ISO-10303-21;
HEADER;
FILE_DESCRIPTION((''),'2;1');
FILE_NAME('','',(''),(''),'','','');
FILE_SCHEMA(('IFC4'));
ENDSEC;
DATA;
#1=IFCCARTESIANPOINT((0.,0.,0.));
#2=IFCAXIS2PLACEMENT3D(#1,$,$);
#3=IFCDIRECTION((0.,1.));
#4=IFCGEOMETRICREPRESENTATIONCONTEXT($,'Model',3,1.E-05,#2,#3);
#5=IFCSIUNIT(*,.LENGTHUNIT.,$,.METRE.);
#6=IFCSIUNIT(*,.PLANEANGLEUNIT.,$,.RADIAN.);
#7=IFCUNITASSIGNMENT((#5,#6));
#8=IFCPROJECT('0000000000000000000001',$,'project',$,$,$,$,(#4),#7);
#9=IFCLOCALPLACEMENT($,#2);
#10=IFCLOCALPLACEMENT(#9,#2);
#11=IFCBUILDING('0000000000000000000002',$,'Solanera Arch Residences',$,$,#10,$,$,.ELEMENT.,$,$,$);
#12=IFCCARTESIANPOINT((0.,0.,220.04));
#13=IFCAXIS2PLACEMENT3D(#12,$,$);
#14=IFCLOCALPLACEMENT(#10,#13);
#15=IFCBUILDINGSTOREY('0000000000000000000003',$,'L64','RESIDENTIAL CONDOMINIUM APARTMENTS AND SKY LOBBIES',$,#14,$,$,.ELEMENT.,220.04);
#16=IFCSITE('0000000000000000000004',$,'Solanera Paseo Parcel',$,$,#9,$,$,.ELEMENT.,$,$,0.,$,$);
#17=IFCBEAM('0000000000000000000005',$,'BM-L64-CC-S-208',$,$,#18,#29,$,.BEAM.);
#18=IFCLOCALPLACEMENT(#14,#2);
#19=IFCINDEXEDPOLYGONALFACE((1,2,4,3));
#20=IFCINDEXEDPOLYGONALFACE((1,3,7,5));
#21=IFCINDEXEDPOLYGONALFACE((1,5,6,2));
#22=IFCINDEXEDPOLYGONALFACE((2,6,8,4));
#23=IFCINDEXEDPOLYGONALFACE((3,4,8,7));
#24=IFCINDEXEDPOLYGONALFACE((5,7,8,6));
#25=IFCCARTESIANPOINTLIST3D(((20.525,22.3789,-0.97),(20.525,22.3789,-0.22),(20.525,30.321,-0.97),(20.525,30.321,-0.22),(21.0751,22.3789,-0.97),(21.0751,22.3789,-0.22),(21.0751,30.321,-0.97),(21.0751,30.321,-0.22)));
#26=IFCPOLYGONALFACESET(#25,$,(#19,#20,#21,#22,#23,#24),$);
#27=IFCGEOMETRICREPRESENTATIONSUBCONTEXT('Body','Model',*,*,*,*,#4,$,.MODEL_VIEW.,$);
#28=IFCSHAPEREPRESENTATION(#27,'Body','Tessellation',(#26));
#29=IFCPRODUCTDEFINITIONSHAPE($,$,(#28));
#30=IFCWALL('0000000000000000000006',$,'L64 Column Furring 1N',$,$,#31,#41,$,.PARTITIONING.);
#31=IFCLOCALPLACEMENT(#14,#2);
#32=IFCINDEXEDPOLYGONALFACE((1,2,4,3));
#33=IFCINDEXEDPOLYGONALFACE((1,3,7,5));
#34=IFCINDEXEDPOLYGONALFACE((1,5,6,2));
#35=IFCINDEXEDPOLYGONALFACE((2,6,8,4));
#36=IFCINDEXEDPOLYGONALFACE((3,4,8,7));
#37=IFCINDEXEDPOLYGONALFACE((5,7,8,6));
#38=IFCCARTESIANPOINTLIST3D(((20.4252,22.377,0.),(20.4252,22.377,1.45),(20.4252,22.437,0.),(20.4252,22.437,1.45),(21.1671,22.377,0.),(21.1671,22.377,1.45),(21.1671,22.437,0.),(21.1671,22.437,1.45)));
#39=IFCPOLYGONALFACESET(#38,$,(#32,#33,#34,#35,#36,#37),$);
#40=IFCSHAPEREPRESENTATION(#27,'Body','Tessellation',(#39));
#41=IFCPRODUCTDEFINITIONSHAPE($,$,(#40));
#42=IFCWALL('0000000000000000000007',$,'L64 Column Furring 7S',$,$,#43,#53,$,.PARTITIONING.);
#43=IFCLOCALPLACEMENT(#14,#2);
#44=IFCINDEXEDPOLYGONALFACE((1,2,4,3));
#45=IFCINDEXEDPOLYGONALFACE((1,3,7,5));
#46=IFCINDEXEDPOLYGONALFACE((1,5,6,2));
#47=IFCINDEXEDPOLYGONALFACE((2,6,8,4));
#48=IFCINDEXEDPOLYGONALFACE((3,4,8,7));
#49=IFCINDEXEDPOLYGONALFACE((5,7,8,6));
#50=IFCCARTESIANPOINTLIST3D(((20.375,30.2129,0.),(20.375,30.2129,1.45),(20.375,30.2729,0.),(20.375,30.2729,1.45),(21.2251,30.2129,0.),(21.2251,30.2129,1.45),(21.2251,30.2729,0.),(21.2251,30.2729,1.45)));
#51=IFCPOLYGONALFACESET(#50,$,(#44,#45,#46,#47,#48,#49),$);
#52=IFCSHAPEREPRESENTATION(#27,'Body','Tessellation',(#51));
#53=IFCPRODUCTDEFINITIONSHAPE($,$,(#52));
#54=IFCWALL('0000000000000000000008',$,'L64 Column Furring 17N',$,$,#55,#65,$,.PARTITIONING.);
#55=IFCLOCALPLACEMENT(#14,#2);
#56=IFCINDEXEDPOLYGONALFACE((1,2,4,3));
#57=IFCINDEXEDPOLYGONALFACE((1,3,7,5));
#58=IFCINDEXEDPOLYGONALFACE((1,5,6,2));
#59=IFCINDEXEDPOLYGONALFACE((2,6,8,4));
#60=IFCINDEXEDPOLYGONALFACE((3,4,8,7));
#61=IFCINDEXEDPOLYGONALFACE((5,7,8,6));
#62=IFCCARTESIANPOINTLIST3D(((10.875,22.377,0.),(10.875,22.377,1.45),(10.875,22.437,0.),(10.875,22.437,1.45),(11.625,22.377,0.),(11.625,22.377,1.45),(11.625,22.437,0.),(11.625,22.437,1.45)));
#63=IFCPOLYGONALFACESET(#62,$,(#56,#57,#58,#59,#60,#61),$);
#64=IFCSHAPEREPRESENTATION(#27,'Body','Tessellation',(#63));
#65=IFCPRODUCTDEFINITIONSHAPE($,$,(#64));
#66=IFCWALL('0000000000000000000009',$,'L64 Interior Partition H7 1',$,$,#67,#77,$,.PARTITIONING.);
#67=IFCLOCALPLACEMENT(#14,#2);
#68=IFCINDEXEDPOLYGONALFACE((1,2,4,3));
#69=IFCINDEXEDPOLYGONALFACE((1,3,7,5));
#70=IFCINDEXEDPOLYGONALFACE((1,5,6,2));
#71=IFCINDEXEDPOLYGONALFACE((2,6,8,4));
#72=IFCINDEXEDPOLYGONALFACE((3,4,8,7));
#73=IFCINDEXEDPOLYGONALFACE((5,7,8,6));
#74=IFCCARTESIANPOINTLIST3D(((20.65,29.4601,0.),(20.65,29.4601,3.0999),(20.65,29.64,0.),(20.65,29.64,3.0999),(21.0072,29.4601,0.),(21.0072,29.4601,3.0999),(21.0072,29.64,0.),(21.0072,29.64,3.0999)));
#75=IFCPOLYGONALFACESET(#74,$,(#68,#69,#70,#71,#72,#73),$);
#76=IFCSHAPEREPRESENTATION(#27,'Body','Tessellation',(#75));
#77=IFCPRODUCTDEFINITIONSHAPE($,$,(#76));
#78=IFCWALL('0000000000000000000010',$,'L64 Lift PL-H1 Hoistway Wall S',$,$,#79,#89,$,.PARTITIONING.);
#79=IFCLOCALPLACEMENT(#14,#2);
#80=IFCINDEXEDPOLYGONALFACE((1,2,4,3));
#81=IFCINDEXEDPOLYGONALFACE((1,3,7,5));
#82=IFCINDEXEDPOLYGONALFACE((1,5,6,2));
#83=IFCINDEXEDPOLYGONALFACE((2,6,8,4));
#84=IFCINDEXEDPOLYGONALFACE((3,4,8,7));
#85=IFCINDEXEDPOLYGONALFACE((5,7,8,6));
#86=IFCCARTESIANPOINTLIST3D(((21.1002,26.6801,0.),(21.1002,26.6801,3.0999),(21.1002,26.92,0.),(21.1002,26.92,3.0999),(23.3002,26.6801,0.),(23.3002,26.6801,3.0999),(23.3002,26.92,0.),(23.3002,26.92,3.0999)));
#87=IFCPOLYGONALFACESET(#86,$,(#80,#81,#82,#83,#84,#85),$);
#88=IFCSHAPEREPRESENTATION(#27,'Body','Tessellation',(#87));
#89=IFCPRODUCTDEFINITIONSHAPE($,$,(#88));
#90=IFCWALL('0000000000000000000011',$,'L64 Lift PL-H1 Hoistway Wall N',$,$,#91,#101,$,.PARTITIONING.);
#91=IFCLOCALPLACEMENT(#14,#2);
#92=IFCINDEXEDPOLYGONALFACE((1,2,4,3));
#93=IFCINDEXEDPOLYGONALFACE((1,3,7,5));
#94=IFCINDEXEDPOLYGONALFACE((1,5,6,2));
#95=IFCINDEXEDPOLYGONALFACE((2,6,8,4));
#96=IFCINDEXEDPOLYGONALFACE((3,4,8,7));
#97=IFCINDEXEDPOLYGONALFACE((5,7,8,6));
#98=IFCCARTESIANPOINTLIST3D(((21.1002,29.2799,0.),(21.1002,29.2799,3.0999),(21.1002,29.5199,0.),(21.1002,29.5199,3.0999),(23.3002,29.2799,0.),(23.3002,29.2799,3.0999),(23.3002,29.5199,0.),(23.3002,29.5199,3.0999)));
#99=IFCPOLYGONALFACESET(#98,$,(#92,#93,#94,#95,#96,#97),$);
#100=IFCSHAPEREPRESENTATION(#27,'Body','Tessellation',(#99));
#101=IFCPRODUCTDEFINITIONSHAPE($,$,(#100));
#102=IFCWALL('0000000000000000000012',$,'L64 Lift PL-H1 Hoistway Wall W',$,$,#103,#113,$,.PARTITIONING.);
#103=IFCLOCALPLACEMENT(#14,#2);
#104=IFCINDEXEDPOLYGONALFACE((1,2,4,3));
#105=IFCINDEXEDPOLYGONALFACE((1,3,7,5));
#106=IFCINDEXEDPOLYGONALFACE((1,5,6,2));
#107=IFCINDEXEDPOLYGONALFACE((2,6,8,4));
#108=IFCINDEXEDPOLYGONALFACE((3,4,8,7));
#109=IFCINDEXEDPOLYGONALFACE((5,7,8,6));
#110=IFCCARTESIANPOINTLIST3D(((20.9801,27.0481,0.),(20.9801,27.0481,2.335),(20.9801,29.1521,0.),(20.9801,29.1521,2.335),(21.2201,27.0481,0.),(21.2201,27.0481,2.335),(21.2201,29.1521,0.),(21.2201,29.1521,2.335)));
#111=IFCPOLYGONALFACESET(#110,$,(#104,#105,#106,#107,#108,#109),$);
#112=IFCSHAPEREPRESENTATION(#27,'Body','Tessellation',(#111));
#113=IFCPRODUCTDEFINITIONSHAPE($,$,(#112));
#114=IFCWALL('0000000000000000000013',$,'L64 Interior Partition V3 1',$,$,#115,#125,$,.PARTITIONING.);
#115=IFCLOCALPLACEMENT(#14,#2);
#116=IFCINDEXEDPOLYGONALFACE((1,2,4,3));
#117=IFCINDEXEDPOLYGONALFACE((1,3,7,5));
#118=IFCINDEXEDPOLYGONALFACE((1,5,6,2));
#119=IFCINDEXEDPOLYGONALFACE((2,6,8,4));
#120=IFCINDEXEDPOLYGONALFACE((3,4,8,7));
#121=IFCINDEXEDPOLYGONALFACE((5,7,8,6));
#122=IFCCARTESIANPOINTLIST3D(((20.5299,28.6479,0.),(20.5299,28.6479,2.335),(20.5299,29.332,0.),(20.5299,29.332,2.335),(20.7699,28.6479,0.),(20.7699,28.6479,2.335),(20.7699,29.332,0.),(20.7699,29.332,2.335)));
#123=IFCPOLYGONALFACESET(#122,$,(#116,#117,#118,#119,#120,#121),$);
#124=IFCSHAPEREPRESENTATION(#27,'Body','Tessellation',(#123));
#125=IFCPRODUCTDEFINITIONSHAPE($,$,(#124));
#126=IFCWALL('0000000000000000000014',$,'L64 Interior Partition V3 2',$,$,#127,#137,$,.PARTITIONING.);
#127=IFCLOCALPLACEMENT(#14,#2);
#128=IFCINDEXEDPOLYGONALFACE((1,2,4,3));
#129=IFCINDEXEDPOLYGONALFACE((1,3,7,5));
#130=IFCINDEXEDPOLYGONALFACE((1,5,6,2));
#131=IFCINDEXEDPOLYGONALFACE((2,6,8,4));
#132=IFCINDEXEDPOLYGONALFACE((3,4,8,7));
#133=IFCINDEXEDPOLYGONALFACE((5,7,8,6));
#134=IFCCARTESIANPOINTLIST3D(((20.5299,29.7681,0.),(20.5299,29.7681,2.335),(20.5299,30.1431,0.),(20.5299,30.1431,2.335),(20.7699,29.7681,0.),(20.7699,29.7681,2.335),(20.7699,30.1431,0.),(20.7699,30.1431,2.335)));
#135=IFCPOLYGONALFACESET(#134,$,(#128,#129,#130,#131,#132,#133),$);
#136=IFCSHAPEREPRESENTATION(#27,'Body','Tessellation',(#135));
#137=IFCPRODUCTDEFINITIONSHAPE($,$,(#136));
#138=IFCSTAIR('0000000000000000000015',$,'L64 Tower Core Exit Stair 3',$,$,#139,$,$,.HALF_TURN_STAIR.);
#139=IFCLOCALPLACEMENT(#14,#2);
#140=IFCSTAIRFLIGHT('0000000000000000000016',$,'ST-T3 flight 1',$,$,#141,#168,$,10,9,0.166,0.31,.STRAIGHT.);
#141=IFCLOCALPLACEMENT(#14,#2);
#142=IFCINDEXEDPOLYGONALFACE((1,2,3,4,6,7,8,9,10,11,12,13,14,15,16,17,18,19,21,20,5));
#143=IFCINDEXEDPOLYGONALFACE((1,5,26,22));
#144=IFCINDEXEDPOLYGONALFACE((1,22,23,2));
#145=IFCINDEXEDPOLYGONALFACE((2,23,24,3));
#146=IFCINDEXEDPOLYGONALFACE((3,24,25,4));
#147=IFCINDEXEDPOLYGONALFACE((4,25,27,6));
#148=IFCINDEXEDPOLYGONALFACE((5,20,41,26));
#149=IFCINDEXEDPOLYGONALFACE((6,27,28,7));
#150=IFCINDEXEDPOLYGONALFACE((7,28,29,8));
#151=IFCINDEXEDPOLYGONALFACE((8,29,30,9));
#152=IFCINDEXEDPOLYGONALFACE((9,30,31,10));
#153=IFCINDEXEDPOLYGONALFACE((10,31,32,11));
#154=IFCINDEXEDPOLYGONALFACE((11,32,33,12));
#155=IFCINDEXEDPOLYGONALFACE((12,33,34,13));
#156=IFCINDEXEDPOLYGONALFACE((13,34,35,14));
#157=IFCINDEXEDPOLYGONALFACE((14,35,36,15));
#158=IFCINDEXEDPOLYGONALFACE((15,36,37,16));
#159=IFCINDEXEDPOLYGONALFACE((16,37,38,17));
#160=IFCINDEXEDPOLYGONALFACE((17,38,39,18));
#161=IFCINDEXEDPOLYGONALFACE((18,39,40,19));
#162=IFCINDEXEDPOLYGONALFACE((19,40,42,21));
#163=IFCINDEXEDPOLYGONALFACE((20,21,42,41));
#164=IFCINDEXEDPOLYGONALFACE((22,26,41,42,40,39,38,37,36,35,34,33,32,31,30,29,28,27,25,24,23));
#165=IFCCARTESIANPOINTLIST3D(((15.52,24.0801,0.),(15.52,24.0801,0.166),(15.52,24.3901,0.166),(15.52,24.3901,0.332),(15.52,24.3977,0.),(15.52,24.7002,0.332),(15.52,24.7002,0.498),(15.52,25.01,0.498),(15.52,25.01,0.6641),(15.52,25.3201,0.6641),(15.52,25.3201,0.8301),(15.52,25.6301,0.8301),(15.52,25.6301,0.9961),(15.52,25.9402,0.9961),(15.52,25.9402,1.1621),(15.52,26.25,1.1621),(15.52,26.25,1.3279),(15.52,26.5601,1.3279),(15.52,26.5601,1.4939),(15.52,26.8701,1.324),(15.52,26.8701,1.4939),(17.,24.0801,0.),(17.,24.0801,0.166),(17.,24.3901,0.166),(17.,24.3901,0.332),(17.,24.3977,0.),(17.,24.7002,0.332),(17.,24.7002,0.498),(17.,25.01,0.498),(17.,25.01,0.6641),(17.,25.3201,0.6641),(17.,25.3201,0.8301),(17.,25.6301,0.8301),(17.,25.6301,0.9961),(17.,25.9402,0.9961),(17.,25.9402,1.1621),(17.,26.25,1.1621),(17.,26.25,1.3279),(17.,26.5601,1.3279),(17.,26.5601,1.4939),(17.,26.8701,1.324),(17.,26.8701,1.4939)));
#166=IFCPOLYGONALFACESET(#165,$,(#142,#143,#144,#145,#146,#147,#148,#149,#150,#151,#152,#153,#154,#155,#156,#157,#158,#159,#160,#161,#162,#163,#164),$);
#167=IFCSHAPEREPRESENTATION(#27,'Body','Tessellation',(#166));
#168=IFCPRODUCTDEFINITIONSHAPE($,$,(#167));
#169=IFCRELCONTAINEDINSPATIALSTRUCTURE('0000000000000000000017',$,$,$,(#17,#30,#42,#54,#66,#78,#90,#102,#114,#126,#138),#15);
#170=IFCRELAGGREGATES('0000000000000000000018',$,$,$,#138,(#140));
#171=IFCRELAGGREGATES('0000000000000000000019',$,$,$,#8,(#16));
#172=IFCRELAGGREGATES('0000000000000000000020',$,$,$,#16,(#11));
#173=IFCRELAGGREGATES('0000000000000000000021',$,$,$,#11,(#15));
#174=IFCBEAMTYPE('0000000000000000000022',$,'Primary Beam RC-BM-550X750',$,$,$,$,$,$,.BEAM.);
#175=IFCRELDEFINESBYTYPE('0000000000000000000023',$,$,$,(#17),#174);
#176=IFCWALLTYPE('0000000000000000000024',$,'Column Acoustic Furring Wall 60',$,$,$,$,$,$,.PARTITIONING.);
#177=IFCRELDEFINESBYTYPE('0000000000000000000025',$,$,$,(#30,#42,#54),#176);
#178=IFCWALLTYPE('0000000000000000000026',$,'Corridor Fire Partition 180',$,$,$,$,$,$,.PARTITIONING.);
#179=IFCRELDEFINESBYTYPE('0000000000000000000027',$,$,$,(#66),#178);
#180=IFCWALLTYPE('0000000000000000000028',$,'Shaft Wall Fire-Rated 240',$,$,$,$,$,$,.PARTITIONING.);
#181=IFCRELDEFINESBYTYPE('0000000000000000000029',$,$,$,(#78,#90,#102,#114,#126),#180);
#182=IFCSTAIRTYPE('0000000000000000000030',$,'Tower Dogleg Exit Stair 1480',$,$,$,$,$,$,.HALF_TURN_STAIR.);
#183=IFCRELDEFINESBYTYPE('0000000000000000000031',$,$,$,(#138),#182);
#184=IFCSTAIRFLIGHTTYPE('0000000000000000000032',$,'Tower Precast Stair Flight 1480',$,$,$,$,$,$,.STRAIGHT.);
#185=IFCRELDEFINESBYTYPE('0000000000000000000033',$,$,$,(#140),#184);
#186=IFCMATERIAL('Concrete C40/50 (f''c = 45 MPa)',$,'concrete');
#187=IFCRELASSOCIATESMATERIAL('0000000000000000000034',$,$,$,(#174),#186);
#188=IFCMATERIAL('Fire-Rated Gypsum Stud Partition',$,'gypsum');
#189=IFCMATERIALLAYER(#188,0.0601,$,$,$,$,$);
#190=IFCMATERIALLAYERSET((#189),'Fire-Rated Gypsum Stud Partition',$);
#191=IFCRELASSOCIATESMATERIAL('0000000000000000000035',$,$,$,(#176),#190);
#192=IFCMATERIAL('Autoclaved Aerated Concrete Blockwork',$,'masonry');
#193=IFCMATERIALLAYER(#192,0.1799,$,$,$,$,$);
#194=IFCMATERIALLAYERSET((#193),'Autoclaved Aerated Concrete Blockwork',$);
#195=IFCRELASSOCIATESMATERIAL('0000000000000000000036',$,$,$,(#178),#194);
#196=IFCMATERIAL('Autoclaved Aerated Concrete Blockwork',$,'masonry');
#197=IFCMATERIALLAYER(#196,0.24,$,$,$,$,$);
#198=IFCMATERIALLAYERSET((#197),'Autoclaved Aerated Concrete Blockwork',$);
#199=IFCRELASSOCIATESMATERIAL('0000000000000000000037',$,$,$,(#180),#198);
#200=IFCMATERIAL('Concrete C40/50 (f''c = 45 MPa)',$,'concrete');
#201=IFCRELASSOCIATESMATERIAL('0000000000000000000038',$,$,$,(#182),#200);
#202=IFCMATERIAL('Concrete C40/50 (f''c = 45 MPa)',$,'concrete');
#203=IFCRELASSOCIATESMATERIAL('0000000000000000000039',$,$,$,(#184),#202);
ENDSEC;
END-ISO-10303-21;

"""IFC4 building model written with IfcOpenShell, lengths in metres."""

from ifc_helpers import new_model, si_unit, direction, frame, frame_2d, origin, origin_2d, place, context, subcontext, project, spatial, polyline, rectangle, outline, extrude, material, layer, layer_set, material_profile, profile_set, type_object, element, aggregate, save


model = new_model("IFC4")

# Units and contexts
model_context = context("Model", 3, precision=1e-05, world=origin(), true_north=direction((0.0, 1.0)))
body_context = subcontext(model_context, "Body", "Model", "MODEL_VIEW")
ifc_project = project(units=[si_unit("LENGTHUNIT", "METRE"), si_unit("PLANEANGLEUNIT", "RADIAN")], contexts=[model_context])

# Site, building, storey
site_placement = place(None, origin())
site = spatial("IfcSite", under=ifc_project, at=site_placement, Name="Solanera Paseo Parcel", CompositionType="ELEMENT", RefElevation=0.0)
building_placement = place(site_placement, origin())
building = spatial("IfcBuilding", under=site, at=building_placement, Name="Solanera Arch Residences", CompositionType="ELEMENT")
storey_placement = place(building_placement, frame((0.0, 0.0, 220.04)))
storey = spatial("IfcBuildingStorey", under=building, at=storey_placement, Name="L64", Description="RESIDENTIAL CONDOMINIUM APARTMENTS AND SKY LOBBIES", CompositionType="ELEMENT", Elevation=220.04)

# Beam
ifc_material_1 = material(Name="Concrete C40/50 (f'c = 45 MPa)", Category="concrete")
ifc_material_profile = material_profile(ifc_material_1, rectangle(XDim=0.55, YDim=0.75, at=origin_2d()))
ifc_profile_set = profile_set([ifc_material_profile], Name="Concrete C40/50 (f'c = 45 MPa)")
beam_type = type_object("IfcBeamType", Name="Primary Beam RC-BM-550X750", PredefinedType="BEAM", material=ifc_profile_set)
beam_placement = place(storey_placement, frame((20.8, 22.3789, -0.595), z_axis=(0.0, 1.0, 0.0), x_axis=(-1.0, 0.0, 0.0)))
element("IfcBeam", 1, at=beam_placement, inside=storey, type_object=beam_type, Name="BM-L64-CC-S-208", PredefinedType="BEAM", context=body_context, shape_type="SweptSolid", body=[
    extrude(rectangle(XDim=0.55, YDim=0.75, at=origin_2d()), origin(), (0.0, 0.0, 1.0), 7.9421),
])

# Walls
ifc_material_2 = material(Name="Fire-Rated Gypsum Stud Partition", Category="gypsum")
ifc_layer_1 = layer(ifc_material_2, 0.0601)
ifc_layer_set_1 = layer_set([ifc_layer_1], Name="Fire-Rated Gypsum Stud Partition")
wall_type_1 = type_object("IfcWallType", Name="Column Acoustic Furring Wall 60", PredefinedType="PARTITIONING", material=ifc_layer_set_1)
wall_1_placement = place(storey_placement, frame((20.425, 22.407, 0.0), z_axis=(0.0, 0.0, 1.0), x_axis=(1.0, 0.0, 0.0)))
element("IfcWall", 2, at=wall_1_placement, inside=storey, type_object=wall_type_1, Name="L64 Column Furring 1N", PredefinedType="PARTITIONING", context=body_context, shape_type="SweptSolid", body=[
    extrude(rectangle(XDim=0.7419, YDim=0.0601, at=frame_2d((0.3711, 0.0))), origin(), (0.0, 0.0, 1.0), 1.45),
])
wall_2_placement = place(storey_placement, frame((20.375, 30.2429, 0.0), z_axis=(0.0, 0.0, 1.0), x_axis=(1.0, 0.0, 0.0)))
element("IfcWall", 3, at=wall_2_placement, inside=storey, type_object=wall_type_1, Name="L64 Column Furring 7S", PredefinedType="PARTITIONING", context=body_context, shape_type="SweptSolid", body=[
    extrude(rectangle(XDim=0.8501, YDim=0.0601, at=frame_2d((0.425, 0.0))), origin(), (0.0, 0.0, 1.0), 1.45),
])
wall_3_placement = place(storey_placement, frame((10.875, 22.407, 0.0), z_axis=(0.0, 0.0, 1.0), x_axis=(1.0, 0.0, 0.0)))
element("IfcWall", 4, at=wall_3_placement, inside=storey, type_object=wall_type_1, Name="L64 Column Furring 17N", PredefinedType="PARTITIONING", context=body_context, shape_type="SweptSolid", body=[
    extrude(rectangle(XDim=0.75, YDim=0.0601, at=frame_2d((0.375, 0.0))), origin(), (0.0, 0.0, 1.0), 1.45),
])

# Walls
ifc_material_3 = material(Name="Autoclaved Aerated Concrete Blockwork", Category="masonry")
ifc_layer_2 = layer(ifc_material_3, 0.1799)
ifc_layer_set_2 = layer_set([ifc_layer_2], Name="Autoclaved Aerated Concrete Blockwork")
wall_type_2 = type_object("IfcWallType", Name="Corridor Fire Partition 180", PredefinedType="PARTITIONING", material=ifc_layer_set_2)
wall_4_placement = place(storey_placement, frame((20.6499, 29.55, 0.0), z_axis=(0.0, 0.0, 1.0), x_axis=(1.0, 0.0, 0.0)))
element("IfcWall", 5, at=wall_4_placement, inside=storey, type_object=wall_type_2, Name="L64 Interior Partition H7 1", PredefinedType="PARTITIONING", context=body_context, shape_type="SweptSolid", body=[
    extrude(rectangle(XDim=0.3572, YDim=0.1799, at=frame_2d((0.1787, 0.0))), origin(), (0.0, 0.0, 1.0), 3.0999),
])
ifc_material_4 = material(Name="Autoclaved Aerated Concrete Blockwork", Category="masonry")
ifc_layer_3 = layer(ifc_material_4, 0.24)
ifc_layer_set_3 = layer_set([ifc_layer_3], Name="Autoclaved Aerated Concrete Blockwork")
wall_type_3 = type_object("IfcWallType", Name="Shaft Wall Fire-Rated 240", PredefinedType="PARTITIONING", material=ifc_layer_set_3)
for number, where, z_axis, x_axis, name in (
    (6, (21.1001, 26.8, 0.0), (0.0, 0.0, 1.0), (1.0, 0.0, 0.0), "L64 Lift PL-H1 Hoistway Wall S"),
    (7, (21.1001, 29.3999, 0.0), (0.0, 0.0, 1.0), (1.0, 0.0, 0.0), "L64 Lift PL-H1 Hoistway Wall N"),
):
    element("IfcWall", number, at=place(storey_placement, frame(where, z_axis=z_axis, x_axis=x_axis)), inside=storey, type_object=wall_type_3, Name=name, PredefinedType="PARTITIONING", context=body_context, shape_type="SweptSolid", body=[
        extrude(rectangle(XDim=2.2, YDim=0.24, at=frame_2d((1.1001, 0.0))), origin(), (0.0, 0.0, 1.0), 3.0999),
    ])
wall_5_placement = place(storey_placement, frame((21.1001, 27.0481, 0.0), z_axis=(0.0, 0.0, 1.0), x_axis=(0.0, 1.0, 0.0)))
element("IfcWall", 8, at=wall_5_placement, inside=storey, type_object=wall_type_3, Name="L64 Lift PL-H1 Hoistway Wall W", PredefinedType="PARTITIONING", context=body_context, shape_type="SweptSolid", body=[
    extrude(rectangle(XDim=2.104, YDim=0.24, at=frame_2d((1.052, 0.0))), origin(), (0.0, 0.0, 1.0), 2.335),
])

# Walls
wall_6_placement = place(storey_placement, frame((20.6499, 28.6479, 0.0), z_axis=(0.0, 0.0, 1.0), x_axis=(0.0, 1.0, 0.0)))
element("IfcWall", 9, at=wall_6_placement, inside=storey, type_object=wall_type_3, Name="L64 Interior Partition V3 1", PredefinedType="PARTITIONING", context=body_context, shape_type="SweptSolid", body=[
    extrude(rectangle(XDim=0.6841, YDim=0.24, at=frame_2d((0.342, 0.0))), origin(), (0.0, 0.0, 1.0), 2.335),
])
wall_7_placement = place(storey_placement, frame((20.6499, 29.7681, 0.0), z_axis=(0.0, 0.0, 1.0), x_axis=(0.0, 1.0, 0.0)))
element("IfcWall", 10, at=wall_7_placement, inside=storey, type_object=wall_type_3, Name="L64 Interior Partition V3 2", PredefinedType="PARTITIONING", context=body_context, shape_type="SweptSolid", body=[
    extrude(rectangle(XDim=0.375, YDim=0.24, at=frame_2d((0.1875, 0.0))), origin(), (0.0, 0.0, 1.0), 2.335),
])

# Stair, stair flight
ifc_material_5 = material(Name="Concrete C40/50 (f'c = 45 MPa)", Category="concrete")
stair_type = type_object("IfcStairType", Name="Tower Dogleg Exit Stair 1480", PredefinedType="HALF_TURN_STAIR", material=ifc_material_5)
stair_placement = place(storey_placement, origin())
stair = element("IfcStair", 11, at=stair_placement, inside=storey, type_object=stair_type, Name="L64 Tower Core Exit Stair 3", PredefinedType="HALF_TURN_STAIR")
ifc_material_6 = material(Name="Concrete C40/50 (f'c = 45 MPa)", Category="concrete")
stair_flight_type = type_object("IfcStairFlightType", Name="Tower Precast Stair Flight 1480", PredefinedType="STRAIGHT", material=ifc_material_6)
stair_flight_1_placement = place(storey_placement, frame((16.26, 24.0801, 0.0), z_axis=(0.0, 0.0, 1.0), x_axis=(0.0, 1.0, 0.0)))
stair_flight_1 = element("IfcStairFlight", 12, at=stair_flight_1_placement, type_object=stair_flight_type, Name="ST-T3 flight 1", NumberOfRisers=10, NumberOfTreads=9, PredefinedType="STRAIGHT", RiserHeight=0.166, TreadLength=0.31, context=body_context, shape_type="SweptSolid", body=[
    extrude(outline(polyline([(0.0, 0.0), (0.0, 0.166), (0.3101, 0.166), (0.3101, 0.332), (0.6201, 0.332), (0.6201, 0.498), (0.9299, 0.498), (0.9299, 0.6641), (1.24, 0.6641), (1.24, 0.8301), (1.55, 0.8301), (1.55, 0.9961), (1.8601, 0.9961), (1.8601, 1.1621), (2.1699, 1.1621), (2.1699, 1.3279), (2.48, 1.3279), (2.48, 1.4939), (2.79, 1.4939), (2.79, 1.6599), (2.79, 1.324), (0.3176, 0.0), (0.0, 0.0)])), frame((0.0, 0.74, 0.0), z_axis=(0.0, -1.0, 0.0), x_axis=(1.0, 0.0, 0.0)), (0.0, 0.0, 1.0), 1.48),
])
aggregate(stair, [stair_flight_1])

save(model, "model.ifc")
